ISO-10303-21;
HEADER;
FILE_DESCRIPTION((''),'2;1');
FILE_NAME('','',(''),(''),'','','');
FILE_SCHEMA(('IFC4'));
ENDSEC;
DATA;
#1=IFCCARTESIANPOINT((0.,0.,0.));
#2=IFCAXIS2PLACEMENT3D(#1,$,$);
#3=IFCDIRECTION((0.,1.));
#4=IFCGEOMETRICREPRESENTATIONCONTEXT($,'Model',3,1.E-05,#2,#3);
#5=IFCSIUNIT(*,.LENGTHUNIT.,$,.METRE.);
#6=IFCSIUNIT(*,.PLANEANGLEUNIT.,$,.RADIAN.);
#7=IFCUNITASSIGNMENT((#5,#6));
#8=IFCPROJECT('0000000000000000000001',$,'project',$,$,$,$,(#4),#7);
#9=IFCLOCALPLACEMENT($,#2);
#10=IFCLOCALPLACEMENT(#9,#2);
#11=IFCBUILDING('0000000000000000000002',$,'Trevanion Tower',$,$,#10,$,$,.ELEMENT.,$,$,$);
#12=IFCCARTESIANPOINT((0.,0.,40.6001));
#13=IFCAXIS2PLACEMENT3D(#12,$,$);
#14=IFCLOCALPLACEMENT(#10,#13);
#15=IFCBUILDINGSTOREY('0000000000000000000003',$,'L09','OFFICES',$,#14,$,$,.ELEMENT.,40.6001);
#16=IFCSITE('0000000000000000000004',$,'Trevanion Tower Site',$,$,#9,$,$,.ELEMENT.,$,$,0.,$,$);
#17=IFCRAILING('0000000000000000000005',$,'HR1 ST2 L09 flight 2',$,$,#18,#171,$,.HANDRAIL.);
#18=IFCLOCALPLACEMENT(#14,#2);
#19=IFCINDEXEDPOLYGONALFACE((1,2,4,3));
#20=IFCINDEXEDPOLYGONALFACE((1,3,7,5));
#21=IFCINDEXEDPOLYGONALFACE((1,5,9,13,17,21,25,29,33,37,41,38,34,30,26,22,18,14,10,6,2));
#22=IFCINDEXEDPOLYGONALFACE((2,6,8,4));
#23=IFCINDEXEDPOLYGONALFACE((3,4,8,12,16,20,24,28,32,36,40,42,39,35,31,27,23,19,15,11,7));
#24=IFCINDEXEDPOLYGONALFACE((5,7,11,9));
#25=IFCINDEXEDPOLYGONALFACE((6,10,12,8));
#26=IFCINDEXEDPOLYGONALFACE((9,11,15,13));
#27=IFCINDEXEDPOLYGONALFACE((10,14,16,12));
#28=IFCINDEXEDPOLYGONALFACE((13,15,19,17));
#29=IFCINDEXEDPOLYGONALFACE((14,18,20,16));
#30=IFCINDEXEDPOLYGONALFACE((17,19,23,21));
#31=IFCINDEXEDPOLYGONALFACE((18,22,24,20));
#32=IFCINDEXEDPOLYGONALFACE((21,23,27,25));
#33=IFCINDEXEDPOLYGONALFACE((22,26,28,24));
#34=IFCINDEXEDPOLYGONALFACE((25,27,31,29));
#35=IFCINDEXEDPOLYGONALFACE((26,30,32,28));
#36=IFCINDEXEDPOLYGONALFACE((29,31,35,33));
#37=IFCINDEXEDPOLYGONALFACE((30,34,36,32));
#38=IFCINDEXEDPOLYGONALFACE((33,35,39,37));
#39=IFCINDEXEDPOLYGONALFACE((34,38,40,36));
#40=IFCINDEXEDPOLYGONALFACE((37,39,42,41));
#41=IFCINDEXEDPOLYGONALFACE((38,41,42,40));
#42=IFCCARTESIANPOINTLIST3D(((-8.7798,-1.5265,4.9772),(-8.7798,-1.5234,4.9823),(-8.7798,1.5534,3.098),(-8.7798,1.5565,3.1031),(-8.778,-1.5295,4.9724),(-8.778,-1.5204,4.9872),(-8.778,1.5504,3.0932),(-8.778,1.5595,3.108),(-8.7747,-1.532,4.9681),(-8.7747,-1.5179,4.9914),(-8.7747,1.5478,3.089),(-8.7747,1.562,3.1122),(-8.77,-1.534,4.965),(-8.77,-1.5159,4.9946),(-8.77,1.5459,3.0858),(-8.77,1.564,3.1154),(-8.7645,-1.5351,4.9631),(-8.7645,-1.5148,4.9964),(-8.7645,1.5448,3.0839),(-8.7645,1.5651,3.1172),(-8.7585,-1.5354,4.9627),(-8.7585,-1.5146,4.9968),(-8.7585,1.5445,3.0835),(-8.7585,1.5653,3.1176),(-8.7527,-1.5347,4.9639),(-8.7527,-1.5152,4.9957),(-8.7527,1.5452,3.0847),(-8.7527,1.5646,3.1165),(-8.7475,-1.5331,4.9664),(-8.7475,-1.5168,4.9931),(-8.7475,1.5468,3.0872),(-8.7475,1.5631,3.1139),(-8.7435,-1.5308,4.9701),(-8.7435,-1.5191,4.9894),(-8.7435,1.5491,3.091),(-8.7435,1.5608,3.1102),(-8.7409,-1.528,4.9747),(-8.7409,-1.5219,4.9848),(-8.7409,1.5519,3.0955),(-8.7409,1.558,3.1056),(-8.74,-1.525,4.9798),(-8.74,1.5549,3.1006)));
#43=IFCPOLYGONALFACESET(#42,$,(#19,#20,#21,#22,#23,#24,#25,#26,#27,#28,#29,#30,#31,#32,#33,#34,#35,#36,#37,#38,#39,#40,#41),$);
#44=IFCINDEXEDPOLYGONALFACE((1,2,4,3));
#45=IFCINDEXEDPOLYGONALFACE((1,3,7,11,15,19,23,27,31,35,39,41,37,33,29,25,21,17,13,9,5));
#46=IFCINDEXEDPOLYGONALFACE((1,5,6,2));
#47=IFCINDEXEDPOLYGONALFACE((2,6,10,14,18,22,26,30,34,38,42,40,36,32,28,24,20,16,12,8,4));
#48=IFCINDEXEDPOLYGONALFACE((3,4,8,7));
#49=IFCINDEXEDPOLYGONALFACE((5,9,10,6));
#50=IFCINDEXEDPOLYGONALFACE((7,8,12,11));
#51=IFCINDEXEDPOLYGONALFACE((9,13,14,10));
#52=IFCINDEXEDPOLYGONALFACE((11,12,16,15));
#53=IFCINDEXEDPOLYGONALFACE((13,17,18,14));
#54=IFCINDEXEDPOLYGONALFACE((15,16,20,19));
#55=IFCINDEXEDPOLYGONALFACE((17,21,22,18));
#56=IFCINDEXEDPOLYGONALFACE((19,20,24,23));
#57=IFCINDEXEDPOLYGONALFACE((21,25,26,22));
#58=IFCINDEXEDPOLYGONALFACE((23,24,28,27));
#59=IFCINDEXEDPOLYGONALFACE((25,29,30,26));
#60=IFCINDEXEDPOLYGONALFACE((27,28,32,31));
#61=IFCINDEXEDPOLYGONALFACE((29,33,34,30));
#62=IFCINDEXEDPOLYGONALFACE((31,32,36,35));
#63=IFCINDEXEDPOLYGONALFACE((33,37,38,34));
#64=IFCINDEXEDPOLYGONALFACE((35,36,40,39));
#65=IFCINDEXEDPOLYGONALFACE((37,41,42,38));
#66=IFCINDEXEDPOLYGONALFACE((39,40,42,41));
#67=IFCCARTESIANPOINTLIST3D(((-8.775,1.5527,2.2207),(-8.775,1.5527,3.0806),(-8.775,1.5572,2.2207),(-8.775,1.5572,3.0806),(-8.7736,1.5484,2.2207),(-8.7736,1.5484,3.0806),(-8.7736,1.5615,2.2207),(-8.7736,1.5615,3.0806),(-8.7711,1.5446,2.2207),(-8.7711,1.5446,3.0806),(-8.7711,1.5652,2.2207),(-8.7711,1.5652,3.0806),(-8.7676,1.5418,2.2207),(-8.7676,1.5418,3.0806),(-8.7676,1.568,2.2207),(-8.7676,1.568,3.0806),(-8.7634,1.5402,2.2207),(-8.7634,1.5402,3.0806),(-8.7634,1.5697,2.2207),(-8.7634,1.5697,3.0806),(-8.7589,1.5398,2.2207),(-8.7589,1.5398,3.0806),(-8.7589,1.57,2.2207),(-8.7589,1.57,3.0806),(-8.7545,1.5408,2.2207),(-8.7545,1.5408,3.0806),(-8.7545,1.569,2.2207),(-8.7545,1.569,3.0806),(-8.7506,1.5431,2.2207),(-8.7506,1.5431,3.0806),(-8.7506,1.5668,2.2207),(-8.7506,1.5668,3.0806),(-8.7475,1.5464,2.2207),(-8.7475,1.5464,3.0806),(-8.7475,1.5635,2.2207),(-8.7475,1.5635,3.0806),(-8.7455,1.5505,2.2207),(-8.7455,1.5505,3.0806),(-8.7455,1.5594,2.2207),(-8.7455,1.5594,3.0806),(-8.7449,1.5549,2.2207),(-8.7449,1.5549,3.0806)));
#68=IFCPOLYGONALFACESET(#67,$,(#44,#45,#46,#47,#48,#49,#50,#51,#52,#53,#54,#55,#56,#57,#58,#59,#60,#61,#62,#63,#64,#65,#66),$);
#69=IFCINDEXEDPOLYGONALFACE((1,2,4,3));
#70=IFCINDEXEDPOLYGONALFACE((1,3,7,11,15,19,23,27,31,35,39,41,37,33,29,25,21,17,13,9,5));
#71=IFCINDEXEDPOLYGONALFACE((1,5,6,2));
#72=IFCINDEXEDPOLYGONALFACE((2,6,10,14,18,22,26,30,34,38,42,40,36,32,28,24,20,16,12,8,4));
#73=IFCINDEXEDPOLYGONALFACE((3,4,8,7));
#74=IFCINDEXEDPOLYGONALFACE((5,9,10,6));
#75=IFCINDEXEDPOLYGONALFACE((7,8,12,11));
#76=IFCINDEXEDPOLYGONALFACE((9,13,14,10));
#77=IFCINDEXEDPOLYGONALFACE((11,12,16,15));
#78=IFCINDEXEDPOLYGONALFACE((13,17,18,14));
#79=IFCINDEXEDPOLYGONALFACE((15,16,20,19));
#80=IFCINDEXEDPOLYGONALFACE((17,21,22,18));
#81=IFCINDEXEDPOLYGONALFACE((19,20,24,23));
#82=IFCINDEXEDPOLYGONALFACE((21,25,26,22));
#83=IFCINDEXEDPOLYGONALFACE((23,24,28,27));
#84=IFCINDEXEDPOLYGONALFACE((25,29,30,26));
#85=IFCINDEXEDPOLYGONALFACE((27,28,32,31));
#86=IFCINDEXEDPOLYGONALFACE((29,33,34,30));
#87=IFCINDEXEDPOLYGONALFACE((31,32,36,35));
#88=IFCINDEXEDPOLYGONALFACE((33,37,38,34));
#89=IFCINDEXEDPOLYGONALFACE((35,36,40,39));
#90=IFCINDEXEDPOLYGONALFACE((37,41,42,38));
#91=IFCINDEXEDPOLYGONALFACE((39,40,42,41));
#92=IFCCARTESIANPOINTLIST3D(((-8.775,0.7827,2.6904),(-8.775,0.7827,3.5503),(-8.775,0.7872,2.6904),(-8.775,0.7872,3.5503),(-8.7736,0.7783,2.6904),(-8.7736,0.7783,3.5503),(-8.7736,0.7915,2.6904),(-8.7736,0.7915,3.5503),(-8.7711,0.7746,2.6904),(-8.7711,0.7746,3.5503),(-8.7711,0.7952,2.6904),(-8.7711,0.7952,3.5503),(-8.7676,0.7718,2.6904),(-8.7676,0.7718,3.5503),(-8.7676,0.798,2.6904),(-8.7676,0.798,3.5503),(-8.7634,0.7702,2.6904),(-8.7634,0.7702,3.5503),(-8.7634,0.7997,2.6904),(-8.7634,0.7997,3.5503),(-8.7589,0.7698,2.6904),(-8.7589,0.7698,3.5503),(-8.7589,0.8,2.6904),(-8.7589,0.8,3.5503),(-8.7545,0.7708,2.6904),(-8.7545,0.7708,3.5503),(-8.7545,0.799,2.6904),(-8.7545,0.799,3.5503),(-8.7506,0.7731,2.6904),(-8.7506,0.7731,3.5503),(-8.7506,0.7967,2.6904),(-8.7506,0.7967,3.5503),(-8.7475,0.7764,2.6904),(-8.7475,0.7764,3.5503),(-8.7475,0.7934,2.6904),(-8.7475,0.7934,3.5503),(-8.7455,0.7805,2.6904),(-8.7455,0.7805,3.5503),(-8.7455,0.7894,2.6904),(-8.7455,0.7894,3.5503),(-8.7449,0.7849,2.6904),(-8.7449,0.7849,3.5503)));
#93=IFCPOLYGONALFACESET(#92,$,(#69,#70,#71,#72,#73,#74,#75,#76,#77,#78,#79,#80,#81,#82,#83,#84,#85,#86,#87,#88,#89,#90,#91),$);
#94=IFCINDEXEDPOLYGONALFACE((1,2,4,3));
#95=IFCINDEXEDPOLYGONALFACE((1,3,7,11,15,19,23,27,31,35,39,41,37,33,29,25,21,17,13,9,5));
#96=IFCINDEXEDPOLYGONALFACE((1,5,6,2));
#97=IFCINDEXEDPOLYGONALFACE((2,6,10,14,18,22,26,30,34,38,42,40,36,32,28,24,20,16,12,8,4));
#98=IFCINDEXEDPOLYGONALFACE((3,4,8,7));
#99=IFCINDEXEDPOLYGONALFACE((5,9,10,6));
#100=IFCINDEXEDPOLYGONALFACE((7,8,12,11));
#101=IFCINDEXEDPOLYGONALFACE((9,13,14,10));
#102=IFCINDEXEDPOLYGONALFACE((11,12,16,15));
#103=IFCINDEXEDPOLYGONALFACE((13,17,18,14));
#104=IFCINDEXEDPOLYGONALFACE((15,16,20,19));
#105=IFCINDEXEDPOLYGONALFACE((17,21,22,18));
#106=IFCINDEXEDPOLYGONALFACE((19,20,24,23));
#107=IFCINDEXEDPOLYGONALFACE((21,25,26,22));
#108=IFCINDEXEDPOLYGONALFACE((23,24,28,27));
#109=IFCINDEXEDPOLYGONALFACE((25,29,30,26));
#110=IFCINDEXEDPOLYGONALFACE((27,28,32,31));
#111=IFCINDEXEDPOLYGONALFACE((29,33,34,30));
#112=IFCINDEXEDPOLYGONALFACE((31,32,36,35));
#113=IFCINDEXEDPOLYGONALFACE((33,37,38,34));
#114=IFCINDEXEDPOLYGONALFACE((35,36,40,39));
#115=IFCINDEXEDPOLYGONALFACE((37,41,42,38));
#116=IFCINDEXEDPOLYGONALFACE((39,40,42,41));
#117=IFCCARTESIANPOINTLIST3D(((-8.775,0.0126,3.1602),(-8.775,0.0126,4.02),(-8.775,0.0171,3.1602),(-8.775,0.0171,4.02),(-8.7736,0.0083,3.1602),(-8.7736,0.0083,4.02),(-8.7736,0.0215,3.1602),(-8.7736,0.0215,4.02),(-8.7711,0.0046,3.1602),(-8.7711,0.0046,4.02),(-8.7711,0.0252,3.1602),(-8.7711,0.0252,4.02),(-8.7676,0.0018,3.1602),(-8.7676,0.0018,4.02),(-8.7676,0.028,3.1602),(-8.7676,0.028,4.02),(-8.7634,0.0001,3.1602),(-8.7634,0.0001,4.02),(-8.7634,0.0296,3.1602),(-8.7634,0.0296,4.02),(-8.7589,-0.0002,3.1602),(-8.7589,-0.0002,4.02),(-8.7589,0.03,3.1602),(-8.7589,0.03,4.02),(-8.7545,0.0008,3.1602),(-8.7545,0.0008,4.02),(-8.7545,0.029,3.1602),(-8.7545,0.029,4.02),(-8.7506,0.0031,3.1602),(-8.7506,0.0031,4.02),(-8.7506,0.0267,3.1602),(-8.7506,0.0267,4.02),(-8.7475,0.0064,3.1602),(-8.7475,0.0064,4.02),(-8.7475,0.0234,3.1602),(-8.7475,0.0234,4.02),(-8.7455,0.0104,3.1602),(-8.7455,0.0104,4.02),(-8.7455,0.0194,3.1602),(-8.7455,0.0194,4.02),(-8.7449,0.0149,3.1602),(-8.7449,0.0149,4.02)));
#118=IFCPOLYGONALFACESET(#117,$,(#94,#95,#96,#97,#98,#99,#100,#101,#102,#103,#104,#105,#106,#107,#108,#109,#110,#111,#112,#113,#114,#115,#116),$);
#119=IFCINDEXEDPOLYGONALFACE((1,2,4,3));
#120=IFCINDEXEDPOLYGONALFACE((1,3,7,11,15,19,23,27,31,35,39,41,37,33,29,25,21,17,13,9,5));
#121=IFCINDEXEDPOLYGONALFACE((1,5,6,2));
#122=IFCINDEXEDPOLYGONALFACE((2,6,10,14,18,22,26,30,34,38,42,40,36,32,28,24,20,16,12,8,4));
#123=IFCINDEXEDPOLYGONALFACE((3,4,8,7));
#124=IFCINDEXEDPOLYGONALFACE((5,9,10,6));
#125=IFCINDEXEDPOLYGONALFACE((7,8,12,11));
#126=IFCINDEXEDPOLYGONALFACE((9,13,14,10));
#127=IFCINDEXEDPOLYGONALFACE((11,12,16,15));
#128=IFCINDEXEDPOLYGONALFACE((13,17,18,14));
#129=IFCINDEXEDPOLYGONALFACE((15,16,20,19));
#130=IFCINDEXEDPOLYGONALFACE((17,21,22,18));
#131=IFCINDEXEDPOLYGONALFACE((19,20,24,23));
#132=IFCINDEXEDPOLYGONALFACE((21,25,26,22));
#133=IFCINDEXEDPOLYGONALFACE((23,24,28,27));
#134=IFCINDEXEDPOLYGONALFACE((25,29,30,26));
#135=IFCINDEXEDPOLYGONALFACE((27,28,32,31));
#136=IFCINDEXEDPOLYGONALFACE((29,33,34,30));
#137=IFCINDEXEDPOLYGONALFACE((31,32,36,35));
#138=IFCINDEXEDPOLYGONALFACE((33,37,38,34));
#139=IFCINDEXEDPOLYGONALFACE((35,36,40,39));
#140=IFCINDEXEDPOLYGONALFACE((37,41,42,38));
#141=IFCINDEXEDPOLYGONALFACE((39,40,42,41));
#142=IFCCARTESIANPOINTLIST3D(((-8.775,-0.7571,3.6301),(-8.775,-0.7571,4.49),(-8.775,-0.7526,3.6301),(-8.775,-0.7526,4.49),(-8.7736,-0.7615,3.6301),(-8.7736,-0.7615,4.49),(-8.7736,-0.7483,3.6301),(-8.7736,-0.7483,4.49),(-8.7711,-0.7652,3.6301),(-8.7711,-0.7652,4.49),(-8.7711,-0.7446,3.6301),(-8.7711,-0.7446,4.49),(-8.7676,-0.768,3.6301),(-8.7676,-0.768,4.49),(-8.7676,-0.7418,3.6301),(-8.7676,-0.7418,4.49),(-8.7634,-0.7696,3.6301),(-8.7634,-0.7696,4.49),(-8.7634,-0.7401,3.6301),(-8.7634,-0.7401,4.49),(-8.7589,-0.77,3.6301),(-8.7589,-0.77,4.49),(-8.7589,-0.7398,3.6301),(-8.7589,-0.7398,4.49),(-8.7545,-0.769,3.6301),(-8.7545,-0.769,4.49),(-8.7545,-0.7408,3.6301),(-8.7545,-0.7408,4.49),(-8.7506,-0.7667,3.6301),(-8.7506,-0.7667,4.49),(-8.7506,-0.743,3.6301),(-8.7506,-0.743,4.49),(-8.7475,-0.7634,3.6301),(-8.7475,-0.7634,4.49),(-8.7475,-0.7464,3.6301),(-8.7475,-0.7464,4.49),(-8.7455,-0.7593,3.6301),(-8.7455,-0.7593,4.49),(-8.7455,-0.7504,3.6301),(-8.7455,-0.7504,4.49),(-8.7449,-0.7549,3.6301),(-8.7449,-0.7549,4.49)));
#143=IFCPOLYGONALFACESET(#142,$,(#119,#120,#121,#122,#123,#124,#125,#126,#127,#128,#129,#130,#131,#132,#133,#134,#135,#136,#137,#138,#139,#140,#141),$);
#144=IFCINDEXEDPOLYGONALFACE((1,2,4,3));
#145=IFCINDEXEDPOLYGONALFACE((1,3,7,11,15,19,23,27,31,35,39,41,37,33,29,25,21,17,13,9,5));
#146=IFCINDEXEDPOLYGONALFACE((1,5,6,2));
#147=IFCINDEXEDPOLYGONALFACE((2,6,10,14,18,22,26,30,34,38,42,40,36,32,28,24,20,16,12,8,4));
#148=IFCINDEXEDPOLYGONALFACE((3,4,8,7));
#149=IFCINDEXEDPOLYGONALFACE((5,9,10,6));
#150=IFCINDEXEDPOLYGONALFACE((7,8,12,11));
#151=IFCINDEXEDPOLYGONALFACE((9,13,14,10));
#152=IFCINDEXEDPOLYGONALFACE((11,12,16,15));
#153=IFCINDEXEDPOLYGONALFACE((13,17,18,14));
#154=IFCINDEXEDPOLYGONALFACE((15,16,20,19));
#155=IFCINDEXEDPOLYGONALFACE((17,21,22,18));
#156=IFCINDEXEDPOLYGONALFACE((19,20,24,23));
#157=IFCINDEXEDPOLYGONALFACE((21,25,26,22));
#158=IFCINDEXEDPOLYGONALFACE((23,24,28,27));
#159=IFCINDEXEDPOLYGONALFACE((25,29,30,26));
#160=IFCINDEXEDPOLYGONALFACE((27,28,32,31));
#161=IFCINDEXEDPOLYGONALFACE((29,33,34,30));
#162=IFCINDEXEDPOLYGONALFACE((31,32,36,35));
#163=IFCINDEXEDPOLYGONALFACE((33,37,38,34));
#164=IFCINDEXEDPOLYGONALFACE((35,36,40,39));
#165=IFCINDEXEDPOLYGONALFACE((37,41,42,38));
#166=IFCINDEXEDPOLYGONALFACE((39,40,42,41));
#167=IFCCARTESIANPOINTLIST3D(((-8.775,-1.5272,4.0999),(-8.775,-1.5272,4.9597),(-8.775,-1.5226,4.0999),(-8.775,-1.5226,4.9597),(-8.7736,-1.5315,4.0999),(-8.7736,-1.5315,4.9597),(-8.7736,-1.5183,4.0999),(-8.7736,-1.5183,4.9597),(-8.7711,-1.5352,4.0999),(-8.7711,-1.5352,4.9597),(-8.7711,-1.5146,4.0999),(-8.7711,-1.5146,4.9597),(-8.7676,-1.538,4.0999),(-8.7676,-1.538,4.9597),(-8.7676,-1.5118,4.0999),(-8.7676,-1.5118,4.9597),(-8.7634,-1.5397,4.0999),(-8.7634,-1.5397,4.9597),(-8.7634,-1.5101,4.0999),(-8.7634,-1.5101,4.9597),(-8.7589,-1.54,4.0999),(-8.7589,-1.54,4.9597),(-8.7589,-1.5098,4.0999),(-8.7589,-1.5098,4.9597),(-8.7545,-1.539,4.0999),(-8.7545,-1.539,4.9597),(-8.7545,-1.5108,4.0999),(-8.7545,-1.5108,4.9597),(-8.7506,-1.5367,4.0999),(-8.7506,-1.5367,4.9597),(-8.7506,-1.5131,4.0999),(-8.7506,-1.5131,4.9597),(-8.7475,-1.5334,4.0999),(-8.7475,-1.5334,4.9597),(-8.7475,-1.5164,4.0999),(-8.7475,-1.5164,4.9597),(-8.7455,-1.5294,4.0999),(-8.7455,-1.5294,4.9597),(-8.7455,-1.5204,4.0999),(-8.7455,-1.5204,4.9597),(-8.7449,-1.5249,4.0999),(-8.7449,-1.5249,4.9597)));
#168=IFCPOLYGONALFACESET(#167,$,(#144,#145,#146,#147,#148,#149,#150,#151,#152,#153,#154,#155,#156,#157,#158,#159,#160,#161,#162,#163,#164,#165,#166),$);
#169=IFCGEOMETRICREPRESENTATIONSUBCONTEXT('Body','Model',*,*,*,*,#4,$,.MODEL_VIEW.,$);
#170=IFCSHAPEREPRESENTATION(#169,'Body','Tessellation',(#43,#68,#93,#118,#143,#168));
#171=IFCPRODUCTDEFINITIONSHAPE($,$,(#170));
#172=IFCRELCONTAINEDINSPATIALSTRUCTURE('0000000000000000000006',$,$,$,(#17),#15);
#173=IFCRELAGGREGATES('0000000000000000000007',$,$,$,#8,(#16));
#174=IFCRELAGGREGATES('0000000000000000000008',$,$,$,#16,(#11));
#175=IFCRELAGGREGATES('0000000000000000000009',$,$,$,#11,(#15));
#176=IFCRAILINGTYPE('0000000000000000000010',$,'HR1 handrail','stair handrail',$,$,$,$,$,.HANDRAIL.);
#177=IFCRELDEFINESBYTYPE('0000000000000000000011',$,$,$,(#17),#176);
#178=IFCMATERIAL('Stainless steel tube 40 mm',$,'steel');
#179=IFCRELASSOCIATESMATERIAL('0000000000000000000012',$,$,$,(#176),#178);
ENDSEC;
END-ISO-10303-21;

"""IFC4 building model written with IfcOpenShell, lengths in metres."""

from ifc_helpers import new_model, si_unit, direction, frame, origin, origin_2d, place, context, subcontext, project, spatial, circle, extrude, material, type_object, element, save


model = new_model("IFC4")

# Units and contexts
model_context = context("Model", 3, precision=1e-05, world=origin(), true_north=direction((0.0, 1.0)))
body_context = subcontext(model_context, "Body", "Model", "MODEL_VIEW")
ifc_project = project(units=[si_unit("LENGTHUNIT", "METRE"), si_unit("PLANEANGLEUNIT", "RADIAN")], contexts=[model_context])

# Site, building, storey
site_placement = place(None, origin())
site = spatial("IfcSite", under=ifc_project, at=site_placement, Name="Trevanion Tower Site", CompositionType="ELEMENT", RefElevation=0.0)
building_placement = place(site_placement, origin())
building = spatial("IfcBuilding", under=site, at=building_placement, Name="Trevanion Tower", CompositionType="ELEMENT")
storey_placement = place(building_placement, frame((0.0, 0.0, 40.6001)))
storey = spatial("IfcBuildingStorey", under=building, at=storey_placement, Name="L09", Description="OFFICES", CompositionType="ELEMENT", Elevation=40.6001)

# Railing
ifc_material_1 = material(Name="Stainless steel tube 40 mm", Category="steel")
railing_type = type_object("IfcRailingType", Name="HR1 handrail", Description="stair handrail", PredefinedType="HANDRAIL", material=ifc_material_1)
for number, where, name in (
    (1, (-8.76, 1.5549, 2.2207), "HR1 ST2 L09 flight 2"),
):
    element("IfcRailing", number, at=place(storey_placement, frame(where)), inside=storey, type_object=railing_type, Name=name, PredefinedType="HANDRAIL", context=body_context, shape_type="SweptSolid", body=[
        extrude(circle(Radius=0.02, at=origin_2d()), frame((0.0, 0.0, 0.8799), z_axis=(0.0, -0.853648, 0.52085), x_axis=(1.0, 0.0, 0.0)), (0.0, 0.0, 1.0), 3.6079),
        extrude(circle(Radius=0.0151, at=origin_2d()), origin(), (0.0, 0.0, 1.0), 0.8599),
        extrude(circle(Radius=0.0151, at=origin_2d()), frame((0.0, -0.77, 0.4697)), (0.0, 0.0, 1.0), 0.8599),
        extrude(circle(Radius=0.0151, at=origin_2d()), frame((0.0, -1.54, 0.9395)), (0.0, 0.0, 1.0), 0.8599),
        extrude(circle(Radius=0.0151, at=origin_2d()), frame((0.0, -2.3098, 1.4094)), (0.0, 0.0, 1.0), 0.8599),
        extrude(circle(Radius=0.0151, at=origin_2d()), frame((0.0, -3.0798, 1.8792)), (0.0, 0.0, 1.0), 0.8599),
    ])

save(model, "model.ifc")
